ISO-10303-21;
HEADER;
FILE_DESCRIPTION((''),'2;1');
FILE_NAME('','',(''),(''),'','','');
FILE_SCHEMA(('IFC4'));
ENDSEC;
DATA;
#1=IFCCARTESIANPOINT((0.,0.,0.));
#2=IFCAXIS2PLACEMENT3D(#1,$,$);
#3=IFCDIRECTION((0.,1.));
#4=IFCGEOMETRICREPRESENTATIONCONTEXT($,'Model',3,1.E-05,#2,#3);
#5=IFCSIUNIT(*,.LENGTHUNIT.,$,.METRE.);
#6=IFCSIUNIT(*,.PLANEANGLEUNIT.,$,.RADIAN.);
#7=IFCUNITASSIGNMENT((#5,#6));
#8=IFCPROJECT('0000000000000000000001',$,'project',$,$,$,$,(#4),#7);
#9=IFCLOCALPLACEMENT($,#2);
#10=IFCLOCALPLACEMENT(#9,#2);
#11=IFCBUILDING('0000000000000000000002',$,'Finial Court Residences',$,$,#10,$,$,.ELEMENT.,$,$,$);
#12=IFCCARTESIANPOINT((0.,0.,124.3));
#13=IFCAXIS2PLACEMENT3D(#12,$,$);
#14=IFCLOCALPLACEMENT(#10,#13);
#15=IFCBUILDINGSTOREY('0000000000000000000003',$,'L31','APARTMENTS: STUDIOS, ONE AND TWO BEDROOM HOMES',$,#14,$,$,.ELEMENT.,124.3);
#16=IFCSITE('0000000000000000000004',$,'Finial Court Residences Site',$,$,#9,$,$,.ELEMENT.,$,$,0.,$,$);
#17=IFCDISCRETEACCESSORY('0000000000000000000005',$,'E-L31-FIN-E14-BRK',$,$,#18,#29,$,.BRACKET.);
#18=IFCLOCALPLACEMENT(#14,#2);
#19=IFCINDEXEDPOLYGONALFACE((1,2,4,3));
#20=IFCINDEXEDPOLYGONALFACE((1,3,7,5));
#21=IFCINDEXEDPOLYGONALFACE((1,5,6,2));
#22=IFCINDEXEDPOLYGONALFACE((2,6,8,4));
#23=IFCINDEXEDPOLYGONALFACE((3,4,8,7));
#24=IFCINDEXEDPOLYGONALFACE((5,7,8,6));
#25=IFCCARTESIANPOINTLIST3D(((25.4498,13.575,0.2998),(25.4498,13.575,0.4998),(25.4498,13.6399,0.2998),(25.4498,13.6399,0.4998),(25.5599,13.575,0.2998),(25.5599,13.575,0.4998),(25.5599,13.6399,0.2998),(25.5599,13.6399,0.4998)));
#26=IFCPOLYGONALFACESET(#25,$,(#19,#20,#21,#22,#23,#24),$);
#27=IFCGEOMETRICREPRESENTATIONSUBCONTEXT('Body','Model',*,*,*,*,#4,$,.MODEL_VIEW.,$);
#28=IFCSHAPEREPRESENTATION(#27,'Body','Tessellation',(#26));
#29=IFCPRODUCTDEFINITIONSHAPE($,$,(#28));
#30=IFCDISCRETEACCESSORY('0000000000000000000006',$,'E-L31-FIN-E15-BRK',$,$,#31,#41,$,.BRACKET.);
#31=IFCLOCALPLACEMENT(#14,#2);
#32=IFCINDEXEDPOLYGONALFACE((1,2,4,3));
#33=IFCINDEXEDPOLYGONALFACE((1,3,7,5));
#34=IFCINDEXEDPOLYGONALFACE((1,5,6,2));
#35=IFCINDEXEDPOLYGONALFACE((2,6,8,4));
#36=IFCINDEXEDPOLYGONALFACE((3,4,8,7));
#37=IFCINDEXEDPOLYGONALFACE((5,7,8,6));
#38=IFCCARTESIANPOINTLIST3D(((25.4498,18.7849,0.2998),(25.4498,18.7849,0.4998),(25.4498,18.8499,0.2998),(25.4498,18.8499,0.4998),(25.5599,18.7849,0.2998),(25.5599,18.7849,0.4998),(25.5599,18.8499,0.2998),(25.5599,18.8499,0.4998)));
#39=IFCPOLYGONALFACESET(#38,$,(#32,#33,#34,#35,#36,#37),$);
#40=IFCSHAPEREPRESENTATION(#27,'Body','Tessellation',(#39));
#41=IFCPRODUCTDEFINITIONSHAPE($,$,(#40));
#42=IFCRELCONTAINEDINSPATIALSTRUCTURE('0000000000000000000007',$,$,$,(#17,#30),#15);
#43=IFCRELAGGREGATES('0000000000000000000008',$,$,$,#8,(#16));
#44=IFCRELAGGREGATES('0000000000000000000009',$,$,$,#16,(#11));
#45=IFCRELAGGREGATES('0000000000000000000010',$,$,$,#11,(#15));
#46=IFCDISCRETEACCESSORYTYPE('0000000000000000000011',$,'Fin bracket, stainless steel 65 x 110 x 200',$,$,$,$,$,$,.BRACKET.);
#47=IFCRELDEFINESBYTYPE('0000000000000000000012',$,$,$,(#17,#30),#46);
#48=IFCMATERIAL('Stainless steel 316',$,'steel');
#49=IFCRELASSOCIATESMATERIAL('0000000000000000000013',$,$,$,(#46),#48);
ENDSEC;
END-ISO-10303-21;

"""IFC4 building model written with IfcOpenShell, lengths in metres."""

from ifc_helpers import new_model, si_unit, direction, frame, origin, origin_2d, place, context, subcontext, project, spatial, rectangle, extrude, material, type_object, element, save


model = new_model("IFC4")

# Units and contexts
model_context = context("Model", 3, precision=1e-05, world=origin(), true_north=direction((0.0, 1.0)))
body_context = subcontext(model_context, "Body", "Model", "MODEL_VIEW")
ifc_project = project(units=[si_unit("LENGTHUNIT", "METRE"), si_unit("PLANEANGLEUNIT", "RADIAN")], contexts=[model_context])

# Site, building, storey
site_placement = place(None, origin())
site = spatial("IfcSite", under=ifc_project, at=site_placement, Name="Finial Court Residences Site", CompositionType="ELEMENT", RefElevation=0.0)
building_placement = place(site_placement, origin())
building = spatial("IfcBuilding", under=site, at=building_placement, Name="Finial Court Residences", CompositionType="ELEMENT")
storey_placement = place(building_placement, frame((0.0, 0.0, 124.3)))
storey = spatial("IfcBuildingStorey", under=building, at=storey_placement, Name="L31", Description="APARTMENTS: STUDIOS, ONE AND TWO BEDROOM HOMES", CompositionType="ELEMENT", Elevation=124.3)

# Discrete accessories
ifc_material_1 = material(Name="Stainless steel 316", Category="steel")
discrete_accessory_type = type_object("IfcDiscreteAccessoryType", Name="Fin bracket, stainless steel 65 x 110 x 200", PredefinedType="BRACKET", material=ifc_material_1)
for number, where, z_axis, x_axis, name in (
    (1, (25.5049, 13.6074, 0.2998), (0.0, 0.0, 1.0), (1.0, 0.0, 0.0), "E-L31-FIN-E14-BRK"),
    (2, (25.5049, 18.8174, 0.2998), (0.0, 0.0, 1.0), (1.0, 0.0, 0.0), "E-L31-FIN-E15-BRK"),
):
    element("IfcDiscreteAccessory", number, at=place(storey_placement, frame(where, z_axis=z_axis, x_axis=x_axis)), inside=storey, type_object=discrete_accessory_type, Name=name, PredefinedType="BRACKET", context=body_context, shape_type="SweptSolid", body=[
        extrude(rectangle(XDim=0.1101, YDim=0.0649, at=origin_2d()), origin(), (0.0, 0.0, 1.0), 0.2),
    ])

save(model, "model.ifc")
